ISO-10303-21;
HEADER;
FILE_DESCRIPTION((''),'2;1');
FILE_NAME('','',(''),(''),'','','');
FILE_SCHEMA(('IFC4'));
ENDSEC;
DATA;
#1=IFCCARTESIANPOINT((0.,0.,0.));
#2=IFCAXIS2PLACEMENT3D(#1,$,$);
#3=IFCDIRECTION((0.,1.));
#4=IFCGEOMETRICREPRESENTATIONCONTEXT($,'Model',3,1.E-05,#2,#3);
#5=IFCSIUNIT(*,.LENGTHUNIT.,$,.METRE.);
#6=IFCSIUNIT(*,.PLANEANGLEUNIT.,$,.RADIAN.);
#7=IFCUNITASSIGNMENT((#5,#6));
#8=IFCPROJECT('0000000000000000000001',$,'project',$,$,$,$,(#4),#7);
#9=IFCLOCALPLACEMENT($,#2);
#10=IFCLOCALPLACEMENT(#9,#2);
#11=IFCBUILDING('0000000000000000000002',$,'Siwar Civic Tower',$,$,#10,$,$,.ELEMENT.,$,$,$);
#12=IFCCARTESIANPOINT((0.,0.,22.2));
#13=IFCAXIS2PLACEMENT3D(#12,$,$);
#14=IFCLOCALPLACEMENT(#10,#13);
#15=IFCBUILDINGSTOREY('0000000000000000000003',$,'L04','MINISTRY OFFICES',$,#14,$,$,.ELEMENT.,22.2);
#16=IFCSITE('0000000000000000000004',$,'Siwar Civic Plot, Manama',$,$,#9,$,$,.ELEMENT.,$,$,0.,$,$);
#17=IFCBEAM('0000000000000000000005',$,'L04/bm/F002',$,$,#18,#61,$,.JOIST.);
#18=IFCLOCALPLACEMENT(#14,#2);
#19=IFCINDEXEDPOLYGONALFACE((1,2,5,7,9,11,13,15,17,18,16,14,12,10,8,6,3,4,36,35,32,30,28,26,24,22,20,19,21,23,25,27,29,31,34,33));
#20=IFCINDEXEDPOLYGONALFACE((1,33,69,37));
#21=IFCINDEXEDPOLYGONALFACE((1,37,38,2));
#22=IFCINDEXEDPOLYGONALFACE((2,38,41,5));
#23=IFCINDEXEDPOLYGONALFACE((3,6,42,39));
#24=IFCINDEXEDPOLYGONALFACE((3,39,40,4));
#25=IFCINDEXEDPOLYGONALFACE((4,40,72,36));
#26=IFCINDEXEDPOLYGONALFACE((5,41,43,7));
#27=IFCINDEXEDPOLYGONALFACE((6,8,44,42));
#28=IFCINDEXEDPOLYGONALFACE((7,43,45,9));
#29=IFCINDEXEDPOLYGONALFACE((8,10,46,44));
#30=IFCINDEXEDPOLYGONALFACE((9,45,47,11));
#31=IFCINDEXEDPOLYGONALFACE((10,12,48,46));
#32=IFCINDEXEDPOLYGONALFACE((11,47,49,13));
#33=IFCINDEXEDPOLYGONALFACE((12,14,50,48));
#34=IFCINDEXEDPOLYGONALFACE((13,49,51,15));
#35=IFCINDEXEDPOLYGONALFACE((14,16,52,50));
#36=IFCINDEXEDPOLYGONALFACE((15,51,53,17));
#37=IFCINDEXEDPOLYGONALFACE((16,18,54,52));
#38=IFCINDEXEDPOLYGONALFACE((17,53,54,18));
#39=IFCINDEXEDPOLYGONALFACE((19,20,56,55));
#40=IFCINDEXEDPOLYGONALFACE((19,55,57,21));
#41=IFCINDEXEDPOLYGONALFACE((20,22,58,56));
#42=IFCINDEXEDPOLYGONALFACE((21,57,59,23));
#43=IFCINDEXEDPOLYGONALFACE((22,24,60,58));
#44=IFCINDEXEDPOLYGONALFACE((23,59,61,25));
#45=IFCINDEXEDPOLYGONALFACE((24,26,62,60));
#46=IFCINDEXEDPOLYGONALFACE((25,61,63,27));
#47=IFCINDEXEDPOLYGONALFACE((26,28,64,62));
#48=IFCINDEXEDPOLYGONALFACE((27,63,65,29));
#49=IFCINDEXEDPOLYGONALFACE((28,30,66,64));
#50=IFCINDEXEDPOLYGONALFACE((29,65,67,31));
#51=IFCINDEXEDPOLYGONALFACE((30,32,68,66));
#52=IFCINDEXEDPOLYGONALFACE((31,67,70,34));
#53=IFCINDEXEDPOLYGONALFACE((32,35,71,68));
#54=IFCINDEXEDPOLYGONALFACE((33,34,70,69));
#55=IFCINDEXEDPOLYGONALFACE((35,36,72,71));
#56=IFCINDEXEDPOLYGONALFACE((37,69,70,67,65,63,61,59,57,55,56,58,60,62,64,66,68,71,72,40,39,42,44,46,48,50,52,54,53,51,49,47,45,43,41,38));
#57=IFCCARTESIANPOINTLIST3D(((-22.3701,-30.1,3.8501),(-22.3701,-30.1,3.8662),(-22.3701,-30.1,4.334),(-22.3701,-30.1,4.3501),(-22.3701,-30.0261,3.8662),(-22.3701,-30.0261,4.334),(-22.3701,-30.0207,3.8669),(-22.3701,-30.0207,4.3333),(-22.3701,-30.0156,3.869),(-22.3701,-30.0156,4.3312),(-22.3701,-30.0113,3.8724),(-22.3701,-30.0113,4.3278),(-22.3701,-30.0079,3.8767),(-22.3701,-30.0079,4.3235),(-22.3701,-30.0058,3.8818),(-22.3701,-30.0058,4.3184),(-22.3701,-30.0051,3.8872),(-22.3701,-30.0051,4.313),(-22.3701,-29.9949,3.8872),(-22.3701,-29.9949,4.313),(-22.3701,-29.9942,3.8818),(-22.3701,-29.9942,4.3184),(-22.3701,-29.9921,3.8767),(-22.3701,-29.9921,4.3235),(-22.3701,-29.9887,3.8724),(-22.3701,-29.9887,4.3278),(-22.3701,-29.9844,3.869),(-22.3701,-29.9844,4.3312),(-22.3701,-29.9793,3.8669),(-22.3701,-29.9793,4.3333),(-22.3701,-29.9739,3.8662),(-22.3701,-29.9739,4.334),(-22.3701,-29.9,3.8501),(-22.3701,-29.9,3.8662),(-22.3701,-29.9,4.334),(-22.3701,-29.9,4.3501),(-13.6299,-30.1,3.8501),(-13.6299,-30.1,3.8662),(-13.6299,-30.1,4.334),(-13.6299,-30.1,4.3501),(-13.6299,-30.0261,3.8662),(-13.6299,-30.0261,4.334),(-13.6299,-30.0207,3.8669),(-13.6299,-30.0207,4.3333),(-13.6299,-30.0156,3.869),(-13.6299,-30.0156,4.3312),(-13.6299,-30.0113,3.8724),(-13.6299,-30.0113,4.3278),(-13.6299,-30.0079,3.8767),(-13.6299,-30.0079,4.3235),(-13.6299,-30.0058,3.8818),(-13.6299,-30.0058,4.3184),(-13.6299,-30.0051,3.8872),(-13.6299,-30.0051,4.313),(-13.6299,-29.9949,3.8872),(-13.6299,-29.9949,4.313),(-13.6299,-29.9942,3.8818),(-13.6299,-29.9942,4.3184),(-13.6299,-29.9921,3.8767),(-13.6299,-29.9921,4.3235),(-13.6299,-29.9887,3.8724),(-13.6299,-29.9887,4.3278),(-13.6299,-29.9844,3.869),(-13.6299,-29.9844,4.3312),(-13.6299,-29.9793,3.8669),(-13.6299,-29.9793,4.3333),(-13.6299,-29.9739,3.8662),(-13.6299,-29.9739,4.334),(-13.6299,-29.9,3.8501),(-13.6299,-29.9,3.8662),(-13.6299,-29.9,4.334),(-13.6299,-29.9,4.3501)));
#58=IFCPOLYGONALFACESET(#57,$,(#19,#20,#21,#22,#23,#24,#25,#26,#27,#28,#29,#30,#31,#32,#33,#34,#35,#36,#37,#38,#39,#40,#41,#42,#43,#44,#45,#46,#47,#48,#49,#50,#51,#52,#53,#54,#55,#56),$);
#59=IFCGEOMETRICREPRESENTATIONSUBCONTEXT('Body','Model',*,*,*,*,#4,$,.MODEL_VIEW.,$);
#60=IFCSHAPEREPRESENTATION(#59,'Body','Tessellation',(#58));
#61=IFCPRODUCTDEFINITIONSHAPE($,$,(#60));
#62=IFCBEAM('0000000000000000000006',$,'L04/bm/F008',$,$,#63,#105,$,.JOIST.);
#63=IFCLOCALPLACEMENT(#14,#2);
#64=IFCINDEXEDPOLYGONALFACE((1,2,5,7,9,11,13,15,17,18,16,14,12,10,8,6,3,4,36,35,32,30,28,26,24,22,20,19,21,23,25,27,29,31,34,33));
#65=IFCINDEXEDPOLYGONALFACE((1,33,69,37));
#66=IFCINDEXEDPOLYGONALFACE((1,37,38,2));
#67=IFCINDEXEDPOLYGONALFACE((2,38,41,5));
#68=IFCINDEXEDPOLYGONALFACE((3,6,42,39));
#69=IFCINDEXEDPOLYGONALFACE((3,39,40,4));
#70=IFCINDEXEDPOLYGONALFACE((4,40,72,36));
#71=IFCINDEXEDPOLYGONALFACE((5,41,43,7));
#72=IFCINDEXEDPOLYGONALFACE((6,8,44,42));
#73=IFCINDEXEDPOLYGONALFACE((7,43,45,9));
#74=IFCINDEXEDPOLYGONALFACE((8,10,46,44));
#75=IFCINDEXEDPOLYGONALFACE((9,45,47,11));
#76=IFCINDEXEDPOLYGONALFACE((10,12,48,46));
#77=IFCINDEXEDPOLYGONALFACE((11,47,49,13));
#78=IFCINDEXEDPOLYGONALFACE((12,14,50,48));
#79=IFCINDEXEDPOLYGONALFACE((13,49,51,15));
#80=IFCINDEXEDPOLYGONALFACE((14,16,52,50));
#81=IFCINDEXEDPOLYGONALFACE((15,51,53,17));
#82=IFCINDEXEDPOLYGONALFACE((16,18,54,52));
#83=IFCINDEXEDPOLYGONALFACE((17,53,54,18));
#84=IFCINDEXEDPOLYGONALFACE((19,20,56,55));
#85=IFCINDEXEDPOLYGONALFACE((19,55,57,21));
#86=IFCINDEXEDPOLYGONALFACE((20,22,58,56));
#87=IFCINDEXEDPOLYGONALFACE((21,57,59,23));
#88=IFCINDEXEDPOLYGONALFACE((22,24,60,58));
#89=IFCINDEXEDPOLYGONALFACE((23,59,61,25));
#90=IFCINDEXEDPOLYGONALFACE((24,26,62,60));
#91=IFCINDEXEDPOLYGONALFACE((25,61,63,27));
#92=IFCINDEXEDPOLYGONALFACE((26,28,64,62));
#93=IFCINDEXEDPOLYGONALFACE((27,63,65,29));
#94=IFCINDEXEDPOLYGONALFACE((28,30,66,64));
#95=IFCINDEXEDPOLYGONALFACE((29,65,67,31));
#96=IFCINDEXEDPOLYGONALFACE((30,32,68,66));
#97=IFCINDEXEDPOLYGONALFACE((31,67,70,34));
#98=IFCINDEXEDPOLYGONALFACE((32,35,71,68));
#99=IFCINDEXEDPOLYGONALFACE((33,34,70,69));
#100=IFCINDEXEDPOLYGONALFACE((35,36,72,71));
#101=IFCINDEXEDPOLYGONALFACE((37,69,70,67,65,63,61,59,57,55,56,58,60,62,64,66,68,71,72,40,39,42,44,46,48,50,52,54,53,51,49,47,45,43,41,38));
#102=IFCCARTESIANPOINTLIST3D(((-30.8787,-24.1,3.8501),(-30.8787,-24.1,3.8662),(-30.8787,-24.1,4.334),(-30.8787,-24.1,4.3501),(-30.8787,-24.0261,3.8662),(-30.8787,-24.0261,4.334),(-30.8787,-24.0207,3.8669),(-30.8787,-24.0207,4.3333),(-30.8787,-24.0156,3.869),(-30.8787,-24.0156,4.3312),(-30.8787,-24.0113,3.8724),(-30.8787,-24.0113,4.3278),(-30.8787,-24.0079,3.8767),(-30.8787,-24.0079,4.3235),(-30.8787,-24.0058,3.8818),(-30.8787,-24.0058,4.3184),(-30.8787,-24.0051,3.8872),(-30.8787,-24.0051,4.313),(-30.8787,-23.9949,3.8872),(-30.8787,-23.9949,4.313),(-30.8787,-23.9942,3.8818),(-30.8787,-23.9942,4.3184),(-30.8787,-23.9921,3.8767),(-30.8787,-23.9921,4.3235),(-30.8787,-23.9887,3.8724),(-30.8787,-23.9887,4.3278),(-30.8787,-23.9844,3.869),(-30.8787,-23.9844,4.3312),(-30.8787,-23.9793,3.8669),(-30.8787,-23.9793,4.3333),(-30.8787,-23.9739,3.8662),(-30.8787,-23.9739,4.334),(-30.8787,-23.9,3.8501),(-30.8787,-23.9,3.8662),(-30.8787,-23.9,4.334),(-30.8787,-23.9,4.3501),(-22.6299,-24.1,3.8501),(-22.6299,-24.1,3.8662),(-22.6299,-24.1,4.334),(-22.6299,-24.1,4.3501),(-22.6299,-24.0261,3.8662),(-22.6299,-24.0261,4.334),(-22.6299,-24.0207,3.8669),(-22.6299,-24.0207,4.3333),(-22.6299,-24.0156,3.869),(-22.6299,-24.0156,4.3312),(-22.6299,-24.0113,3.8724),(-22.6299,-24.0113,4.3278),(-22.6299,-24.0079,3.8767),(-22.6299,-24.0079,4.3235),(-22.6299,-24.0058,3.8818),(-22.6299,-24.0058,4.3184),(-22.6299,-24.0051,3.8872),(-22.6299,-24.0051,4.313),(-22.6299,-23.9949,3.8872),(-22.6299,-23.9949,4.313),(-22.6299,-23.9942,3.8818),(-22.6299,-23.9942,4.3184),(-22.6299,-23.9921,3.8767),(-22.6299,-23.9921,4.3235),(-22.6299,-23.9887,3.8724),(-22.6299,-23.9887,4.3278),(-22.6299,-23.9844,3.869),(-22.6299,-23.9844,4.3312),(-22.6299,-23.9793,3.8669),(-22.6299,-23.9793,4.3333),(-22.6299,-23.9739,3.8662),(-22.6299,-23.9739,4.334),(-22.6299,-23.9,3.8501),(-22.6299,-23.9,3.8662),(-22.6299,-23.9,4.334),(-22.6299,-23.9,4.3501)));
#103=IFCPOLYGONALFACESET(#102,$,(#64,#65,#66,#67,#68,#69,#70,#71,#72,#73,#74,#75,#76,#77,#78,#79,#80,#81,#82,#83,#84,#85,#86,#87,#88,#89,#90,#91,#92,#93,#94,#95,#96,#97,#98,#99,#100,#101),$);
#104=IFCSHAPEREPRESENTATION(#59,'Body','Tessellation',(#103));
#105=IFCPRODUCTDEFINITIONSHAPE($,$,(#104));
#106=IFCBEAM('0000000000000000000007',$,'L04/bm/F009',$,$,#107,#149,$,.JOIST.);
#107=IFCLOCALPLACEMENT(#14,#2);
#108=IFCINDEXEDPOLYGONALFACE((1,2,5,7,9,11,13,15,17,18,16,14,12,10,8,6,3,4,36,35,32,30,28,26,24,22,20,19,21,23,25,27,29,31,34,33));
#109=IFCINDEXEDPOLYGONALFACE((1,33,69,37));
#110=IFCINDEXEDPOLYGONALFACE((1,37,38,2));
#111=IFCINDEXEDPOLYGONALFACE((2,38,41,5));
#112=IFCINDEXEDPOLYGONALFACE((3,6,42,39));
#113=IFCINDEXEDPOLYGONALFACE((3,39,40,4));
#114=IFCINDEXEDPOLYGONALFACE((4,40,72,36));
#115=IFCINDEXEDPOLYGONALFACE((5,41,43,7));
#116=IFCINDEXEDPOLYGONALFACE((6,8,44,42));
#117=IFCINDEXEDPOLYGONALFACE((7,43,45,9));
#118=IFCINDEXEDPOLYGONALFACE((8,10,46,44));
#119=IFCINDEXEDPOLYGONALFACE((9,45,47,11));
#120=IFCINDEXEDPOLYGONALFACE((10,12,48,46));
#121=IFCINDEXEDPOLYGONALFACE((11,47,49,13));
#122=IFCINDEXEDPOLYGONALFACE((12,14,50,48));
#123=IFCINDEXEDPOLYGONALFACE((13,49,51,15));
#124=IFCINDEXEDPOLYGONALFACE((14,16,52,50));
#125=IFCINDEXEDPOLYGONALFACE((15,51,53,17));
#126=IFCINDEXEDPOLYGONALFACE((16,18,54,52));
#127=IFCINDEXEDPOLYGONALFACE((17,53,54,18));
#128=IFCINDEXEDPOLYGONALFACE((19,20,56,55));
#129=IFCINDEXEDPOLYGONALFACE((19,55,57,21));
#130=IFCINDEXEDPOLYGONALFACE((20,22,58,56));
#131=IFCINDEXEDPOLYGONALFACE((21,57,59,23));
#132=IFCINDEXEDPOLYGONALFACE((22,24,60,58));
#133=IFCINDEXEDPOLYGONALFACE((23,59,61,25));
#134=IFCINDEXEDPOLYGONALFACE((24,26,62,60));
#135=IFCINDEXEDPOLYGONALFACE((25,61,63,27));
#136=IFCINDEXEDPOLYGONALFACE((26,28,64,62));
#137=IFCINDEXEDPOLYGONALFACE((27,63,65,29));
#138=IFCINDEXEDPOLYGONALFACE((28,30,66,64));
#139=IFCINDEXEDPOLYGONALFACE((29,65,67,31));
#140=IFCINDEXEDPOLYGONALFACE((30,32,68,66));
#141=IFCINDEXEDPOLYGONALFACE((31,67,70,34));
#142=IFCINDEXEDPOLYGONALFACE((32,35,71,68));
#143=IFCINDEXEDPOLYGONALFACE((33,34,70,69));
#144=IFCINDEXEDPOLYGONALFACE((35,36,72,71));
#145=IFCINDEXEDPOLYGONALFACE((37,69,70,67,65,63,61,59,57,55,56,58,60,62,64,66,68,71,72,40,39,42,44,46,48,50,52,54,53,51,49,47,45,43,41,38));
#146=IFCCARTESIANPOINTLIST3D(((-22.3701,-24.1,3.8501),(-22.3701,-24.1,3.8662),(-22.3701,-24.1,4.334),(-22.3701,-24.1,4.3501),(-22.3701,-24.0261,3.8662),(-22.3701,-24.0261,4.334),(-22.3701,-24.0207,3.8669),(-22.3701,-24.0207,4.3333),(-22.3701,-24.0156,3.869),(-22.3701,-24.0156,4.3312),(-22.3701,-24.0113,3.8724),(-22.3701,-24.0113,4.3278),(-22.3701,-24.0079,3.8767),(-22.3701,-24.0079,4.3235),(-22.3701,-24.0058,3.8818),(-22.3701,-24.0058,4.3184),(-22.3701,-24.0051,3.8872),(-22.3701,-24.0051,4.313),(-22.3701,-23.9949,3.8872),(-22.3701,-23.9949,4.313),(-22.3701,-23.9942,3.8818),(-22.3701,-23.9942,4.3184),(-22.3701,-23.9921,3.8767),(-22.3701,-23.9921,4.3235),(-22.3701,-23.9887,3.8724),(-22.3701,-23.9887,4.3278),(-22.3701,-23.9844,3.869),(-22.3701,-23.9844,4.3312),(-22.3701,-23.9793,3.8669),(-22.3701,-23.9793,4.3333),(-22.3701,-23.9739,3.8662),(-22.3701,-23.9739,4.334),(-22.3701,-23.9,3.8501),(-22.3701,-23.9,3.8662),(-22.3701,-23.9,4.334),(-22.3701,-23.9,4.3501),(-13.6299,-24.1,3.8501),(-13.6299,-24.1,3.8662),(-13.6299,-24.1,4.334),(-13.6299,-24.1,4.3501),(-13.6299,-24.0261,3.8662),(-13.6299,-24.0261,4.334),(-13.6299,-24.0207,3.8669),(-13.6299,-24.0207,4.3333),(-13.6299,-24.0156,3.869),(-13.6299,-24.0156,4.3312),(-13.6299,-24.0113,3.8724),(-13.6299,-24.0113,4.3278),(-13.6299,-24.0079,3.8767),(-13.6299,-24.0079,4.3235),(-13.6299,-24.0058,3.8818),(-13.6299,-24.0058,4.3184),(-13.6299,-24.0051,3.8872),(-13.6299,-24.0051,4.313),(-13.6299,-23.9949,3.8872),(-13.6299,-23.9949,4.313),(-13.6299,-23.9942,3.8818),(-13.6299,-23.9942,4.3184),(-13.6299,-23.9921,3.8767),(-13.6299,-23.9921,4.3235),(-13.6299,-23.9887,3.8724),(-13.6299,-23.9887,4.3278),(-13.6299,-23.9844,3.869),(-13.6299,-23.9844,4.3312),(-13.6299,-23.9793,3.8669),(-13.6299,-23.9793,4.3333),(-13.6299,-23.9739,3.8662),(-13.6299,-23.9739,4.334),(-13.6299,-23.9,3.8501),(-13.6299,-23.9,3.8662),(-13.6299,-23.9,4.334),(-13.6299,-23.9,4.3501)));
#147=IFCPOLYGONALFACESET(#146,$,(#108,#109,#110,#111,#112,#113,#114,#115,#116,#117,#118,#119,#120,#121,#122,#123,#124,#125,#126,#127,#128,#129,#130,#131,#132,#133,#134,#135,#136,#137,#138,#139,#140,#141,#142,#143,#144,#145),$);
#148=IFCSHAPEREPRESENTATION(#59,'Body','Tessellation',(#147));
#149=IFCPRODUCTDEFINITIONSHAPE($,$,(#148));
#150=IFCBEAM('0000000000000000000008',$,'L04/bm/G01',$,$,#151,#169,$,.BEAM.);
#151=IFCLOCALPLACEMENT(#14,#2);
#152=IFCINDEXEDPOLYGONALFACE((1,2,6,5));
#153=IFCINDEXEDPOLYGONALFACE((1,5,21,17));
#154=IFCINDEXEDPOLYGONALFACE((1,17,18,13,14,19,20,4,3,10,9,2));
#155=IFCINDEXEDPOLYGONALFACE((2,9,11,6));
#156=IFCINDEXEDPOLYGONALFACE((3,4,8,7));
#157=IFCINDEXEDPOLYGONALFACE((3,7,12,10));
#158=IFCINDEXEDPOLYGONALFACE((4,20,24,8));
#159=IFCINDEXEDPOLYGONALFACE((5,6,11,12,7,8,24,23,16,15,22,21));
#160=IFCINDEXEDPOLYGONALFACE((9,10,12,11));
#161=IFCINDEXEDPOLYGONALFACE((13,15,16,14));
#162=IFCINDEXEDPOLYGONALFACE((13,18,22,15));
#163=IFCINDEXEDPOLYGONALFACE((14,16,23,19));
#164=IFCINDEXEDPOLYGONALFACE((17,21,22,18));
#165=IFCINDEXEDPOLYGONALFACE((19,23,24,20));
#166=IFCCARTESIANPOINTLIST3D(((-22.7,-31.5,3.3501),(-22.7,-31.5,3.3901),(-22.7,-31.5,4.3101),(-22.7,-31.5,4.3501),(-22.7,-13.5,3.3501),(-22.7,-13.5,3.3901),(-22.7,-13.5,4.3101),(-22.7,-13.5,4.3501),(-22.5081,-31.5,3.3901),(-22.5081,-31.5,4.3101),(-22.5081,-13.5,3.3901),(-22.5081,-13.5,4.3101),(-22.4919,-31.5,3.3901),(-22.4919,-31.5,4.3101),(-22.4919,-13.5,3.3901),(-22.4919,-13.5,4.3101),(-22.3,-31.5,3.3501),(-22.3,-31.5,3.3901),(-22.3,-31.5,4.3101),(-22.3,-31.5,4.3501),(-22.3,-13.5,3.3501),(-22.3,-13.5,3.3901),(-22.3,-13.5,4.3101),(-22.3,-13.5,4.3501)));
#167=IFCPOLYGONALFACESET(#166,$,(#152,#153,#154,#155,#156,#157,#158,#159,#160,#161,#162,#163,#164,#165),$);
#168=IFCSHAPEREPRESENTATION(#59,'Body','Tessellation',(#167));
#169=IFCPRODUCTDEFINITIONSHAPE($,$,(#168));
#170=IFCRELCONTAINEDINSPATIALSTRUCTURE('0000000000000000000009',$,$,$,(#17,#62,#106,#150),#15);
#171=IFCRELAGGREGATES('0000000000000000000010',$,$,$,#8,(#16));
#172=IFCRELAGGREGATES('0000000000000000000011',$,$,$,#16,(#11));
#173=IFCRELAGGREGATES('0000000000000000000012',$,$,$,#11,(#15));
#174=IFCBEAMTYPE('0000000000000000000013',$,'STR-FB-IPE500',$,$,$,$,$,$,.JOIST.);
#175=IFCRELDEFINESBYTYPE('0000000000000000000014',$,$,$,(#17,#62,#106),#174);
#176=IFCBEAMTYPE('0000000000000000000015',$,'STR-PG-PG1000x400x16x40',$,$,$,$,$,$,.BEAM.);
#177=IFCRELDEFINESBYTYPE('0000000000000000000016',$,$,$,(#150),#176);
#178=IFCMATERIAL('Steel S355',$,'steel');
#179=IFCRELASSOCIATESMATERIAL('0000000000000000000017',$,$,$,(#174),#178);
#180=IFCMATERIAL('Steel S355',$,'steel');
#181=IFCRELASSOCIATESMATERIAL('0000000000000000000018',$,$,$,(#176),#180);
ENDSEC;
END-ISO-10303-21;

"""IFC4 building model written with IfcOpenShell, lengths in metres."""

from ifc_helpers import new_model, si_unit, direction, frame, origin, origin_2d, place, context, subcontext, project, spatial, i_section, extrude, material, material_profile, profile_set, type_object, element, save


model = new_model("IFC4")

# Units and contexts
model_context = context("Model", 3, precision=1e-05, world=origin(), true_north=direction((0.0, 1.0)))
body_context = subcontext(model_context, "Body", "Model", "MODEL_VIEW")
ifc_project = project(units=[si_unit("LENGTHUNIT", "METRE"), si_unit("PLANEANGLEUNIT", "RADIAN")], contexts=[model_context])

# Site, building, storey
site_placement = place(None, origin())
site = spatial("IfcSite", under=ifc_project, at=site_placement, Name="Siwar Civic Plot, Manama", CompositionType="ELEMENT", RefElevation=0.0)
building_placement = place(site_placement, origin())
building = spatial("IfcBuilding", under=site, at=building_placement, Name="Siwar Civic Tower", CompositionType="ELEMENT")
storey_placement = place(building_placement, frame((0.0, 0.0, 22.2)))
storey = spatial("IfcBuildingStorey", under=building, at=storey_placement, Name="L04", Description="MINISTRY OFFICES", CompositionType="ELEMENT", Elevation=22.2)

# Beams
ifc_material_1 = material(Name="Steel S355", Category="steel")
ifc_material_profile_1 = material_profile(ifc_material_1, i_section(OverallWidth=0.2, OverallDepth=0.5, WebThickness=0.0103, FlangeThickness=0.0161, FilletRadius=0.021, at=origin_2d()), Name="IPE500")
ifc_profile_set_1 = profile_set([ifc_material_profile_1], Name="Steel S355")
beam_type_1 = type_object("IfcBeamType", Name="STR-FB-IPE500", PredefinedType="JOIST", material=ifc_profile_set_1)
beam_1_placement = place(storey_placement, frame((-22.3701, -30.0, 4.1001), z_axis=(1.0, 0.0, 0.0), x_axis=(0.0, 1.0, 0.0)))
element("IfcBeam", 1, at=beam_1_placement, inside=storey, type_object=beam_type_1, Name="L04/bm/F002", PredefinedType="JOIST", context=body_context, shape_type="SweptSolid", body=[
    extrude(i_section(OverallWidth=0.2, OverallDepth=0.5, WebThickness=0.0103, FlangeThickness=0.0161, FilletRadius=0.021, at=origin_2d()), origin(), (0.0, 0.0, 1.0), 8.7402),
])
beam_2_placement = place(storey_placement, frame((-30.8787, -24.0, 4.1001), z_axis=(1.0, 0.0, 0.0), x_axis=(0.0, 1.0, 0.0)))
element("IfcBeam", 2, at=beam_2_placement, inside=storey, type_object=beam_type_1, Name="L04/bm/F008", PredefinedType="JOIST", context=body_context, shape_type="SweptSolid", body=[
    extrude(i_section(OverallWidth=0.2, OverallDepth=0.5, WebThickness=0.0103, FlangeThickness=0.0161, FilletRadius=0.021, at=origin_2d()), origin(), (0.0, 0.0, 1.0), 8.2488),
])
beam_3_placement = place(storey_placement, frame((-22.3701, -24.0, 4.1001), z_axis=(1.0, 0.0, 0.0), x_axis=(0.0, 1.0, 0.0)))
element("IfcBeam", 3, at=beam_3_placement, inside=storey, type_object=beam_type_1, Name="L04/bm/F009", PredefinedType="JOIST", context=body_context, shape_type="SweptSolid", body=[
    extrude(i_section(OverallWidth=0.2, OverallDepth=0.5, WebThickness=0.0103, FlangeThickness=0.0161, FilletRadius=0.021, at=origin_2d()), origin(), (0.0, 0.0, 1.0), 8.7402),
])
ifc_material_2 = material(Name="Steel S355", Category="steel")
ifc_material_profile_2 = material_profile(ifc_material_2, i_section(OverallWidth=0.3999, OverallDepth=1.0, WebThickness=0.0161, FlangeThickness=0.04, at=origin_2d()), Name="PG1000x400x16x40")
ifc_profile_set_2 = profile_set([ifc_material_profile_2], Name="Steel S355")
beam_type_2 = type_object("IfcBeamType", Name="STR-PG-PG1000x400x16x40", PredefinedType="BEAM", material=ifc_profile_set_2)
beam_4_placement = place(storey_placement, frame((-22.5, -31.5, 3.8501), z_axis=(0.0, 1.0, 0.0), x_axis=(-1.0, 0.0, 0.0)))
element("IfcBeam", 4, at=beam_4_placement, inside=storey, type_object=beam_type_2, Name="L04/bm/G01", PredefinedType="BEAM", context=body_context, shape_type="SweptSolid", body=[
    extrude(i_section(OverallWidth=0.3999, OverallDepth=1.0, WebThickness=0.0161, FlangeThickness=0.04, at=origin_2d()), origin(), (0.0, 0.0, 1.0), 18.0),
])

save(model, "model.ifc")
